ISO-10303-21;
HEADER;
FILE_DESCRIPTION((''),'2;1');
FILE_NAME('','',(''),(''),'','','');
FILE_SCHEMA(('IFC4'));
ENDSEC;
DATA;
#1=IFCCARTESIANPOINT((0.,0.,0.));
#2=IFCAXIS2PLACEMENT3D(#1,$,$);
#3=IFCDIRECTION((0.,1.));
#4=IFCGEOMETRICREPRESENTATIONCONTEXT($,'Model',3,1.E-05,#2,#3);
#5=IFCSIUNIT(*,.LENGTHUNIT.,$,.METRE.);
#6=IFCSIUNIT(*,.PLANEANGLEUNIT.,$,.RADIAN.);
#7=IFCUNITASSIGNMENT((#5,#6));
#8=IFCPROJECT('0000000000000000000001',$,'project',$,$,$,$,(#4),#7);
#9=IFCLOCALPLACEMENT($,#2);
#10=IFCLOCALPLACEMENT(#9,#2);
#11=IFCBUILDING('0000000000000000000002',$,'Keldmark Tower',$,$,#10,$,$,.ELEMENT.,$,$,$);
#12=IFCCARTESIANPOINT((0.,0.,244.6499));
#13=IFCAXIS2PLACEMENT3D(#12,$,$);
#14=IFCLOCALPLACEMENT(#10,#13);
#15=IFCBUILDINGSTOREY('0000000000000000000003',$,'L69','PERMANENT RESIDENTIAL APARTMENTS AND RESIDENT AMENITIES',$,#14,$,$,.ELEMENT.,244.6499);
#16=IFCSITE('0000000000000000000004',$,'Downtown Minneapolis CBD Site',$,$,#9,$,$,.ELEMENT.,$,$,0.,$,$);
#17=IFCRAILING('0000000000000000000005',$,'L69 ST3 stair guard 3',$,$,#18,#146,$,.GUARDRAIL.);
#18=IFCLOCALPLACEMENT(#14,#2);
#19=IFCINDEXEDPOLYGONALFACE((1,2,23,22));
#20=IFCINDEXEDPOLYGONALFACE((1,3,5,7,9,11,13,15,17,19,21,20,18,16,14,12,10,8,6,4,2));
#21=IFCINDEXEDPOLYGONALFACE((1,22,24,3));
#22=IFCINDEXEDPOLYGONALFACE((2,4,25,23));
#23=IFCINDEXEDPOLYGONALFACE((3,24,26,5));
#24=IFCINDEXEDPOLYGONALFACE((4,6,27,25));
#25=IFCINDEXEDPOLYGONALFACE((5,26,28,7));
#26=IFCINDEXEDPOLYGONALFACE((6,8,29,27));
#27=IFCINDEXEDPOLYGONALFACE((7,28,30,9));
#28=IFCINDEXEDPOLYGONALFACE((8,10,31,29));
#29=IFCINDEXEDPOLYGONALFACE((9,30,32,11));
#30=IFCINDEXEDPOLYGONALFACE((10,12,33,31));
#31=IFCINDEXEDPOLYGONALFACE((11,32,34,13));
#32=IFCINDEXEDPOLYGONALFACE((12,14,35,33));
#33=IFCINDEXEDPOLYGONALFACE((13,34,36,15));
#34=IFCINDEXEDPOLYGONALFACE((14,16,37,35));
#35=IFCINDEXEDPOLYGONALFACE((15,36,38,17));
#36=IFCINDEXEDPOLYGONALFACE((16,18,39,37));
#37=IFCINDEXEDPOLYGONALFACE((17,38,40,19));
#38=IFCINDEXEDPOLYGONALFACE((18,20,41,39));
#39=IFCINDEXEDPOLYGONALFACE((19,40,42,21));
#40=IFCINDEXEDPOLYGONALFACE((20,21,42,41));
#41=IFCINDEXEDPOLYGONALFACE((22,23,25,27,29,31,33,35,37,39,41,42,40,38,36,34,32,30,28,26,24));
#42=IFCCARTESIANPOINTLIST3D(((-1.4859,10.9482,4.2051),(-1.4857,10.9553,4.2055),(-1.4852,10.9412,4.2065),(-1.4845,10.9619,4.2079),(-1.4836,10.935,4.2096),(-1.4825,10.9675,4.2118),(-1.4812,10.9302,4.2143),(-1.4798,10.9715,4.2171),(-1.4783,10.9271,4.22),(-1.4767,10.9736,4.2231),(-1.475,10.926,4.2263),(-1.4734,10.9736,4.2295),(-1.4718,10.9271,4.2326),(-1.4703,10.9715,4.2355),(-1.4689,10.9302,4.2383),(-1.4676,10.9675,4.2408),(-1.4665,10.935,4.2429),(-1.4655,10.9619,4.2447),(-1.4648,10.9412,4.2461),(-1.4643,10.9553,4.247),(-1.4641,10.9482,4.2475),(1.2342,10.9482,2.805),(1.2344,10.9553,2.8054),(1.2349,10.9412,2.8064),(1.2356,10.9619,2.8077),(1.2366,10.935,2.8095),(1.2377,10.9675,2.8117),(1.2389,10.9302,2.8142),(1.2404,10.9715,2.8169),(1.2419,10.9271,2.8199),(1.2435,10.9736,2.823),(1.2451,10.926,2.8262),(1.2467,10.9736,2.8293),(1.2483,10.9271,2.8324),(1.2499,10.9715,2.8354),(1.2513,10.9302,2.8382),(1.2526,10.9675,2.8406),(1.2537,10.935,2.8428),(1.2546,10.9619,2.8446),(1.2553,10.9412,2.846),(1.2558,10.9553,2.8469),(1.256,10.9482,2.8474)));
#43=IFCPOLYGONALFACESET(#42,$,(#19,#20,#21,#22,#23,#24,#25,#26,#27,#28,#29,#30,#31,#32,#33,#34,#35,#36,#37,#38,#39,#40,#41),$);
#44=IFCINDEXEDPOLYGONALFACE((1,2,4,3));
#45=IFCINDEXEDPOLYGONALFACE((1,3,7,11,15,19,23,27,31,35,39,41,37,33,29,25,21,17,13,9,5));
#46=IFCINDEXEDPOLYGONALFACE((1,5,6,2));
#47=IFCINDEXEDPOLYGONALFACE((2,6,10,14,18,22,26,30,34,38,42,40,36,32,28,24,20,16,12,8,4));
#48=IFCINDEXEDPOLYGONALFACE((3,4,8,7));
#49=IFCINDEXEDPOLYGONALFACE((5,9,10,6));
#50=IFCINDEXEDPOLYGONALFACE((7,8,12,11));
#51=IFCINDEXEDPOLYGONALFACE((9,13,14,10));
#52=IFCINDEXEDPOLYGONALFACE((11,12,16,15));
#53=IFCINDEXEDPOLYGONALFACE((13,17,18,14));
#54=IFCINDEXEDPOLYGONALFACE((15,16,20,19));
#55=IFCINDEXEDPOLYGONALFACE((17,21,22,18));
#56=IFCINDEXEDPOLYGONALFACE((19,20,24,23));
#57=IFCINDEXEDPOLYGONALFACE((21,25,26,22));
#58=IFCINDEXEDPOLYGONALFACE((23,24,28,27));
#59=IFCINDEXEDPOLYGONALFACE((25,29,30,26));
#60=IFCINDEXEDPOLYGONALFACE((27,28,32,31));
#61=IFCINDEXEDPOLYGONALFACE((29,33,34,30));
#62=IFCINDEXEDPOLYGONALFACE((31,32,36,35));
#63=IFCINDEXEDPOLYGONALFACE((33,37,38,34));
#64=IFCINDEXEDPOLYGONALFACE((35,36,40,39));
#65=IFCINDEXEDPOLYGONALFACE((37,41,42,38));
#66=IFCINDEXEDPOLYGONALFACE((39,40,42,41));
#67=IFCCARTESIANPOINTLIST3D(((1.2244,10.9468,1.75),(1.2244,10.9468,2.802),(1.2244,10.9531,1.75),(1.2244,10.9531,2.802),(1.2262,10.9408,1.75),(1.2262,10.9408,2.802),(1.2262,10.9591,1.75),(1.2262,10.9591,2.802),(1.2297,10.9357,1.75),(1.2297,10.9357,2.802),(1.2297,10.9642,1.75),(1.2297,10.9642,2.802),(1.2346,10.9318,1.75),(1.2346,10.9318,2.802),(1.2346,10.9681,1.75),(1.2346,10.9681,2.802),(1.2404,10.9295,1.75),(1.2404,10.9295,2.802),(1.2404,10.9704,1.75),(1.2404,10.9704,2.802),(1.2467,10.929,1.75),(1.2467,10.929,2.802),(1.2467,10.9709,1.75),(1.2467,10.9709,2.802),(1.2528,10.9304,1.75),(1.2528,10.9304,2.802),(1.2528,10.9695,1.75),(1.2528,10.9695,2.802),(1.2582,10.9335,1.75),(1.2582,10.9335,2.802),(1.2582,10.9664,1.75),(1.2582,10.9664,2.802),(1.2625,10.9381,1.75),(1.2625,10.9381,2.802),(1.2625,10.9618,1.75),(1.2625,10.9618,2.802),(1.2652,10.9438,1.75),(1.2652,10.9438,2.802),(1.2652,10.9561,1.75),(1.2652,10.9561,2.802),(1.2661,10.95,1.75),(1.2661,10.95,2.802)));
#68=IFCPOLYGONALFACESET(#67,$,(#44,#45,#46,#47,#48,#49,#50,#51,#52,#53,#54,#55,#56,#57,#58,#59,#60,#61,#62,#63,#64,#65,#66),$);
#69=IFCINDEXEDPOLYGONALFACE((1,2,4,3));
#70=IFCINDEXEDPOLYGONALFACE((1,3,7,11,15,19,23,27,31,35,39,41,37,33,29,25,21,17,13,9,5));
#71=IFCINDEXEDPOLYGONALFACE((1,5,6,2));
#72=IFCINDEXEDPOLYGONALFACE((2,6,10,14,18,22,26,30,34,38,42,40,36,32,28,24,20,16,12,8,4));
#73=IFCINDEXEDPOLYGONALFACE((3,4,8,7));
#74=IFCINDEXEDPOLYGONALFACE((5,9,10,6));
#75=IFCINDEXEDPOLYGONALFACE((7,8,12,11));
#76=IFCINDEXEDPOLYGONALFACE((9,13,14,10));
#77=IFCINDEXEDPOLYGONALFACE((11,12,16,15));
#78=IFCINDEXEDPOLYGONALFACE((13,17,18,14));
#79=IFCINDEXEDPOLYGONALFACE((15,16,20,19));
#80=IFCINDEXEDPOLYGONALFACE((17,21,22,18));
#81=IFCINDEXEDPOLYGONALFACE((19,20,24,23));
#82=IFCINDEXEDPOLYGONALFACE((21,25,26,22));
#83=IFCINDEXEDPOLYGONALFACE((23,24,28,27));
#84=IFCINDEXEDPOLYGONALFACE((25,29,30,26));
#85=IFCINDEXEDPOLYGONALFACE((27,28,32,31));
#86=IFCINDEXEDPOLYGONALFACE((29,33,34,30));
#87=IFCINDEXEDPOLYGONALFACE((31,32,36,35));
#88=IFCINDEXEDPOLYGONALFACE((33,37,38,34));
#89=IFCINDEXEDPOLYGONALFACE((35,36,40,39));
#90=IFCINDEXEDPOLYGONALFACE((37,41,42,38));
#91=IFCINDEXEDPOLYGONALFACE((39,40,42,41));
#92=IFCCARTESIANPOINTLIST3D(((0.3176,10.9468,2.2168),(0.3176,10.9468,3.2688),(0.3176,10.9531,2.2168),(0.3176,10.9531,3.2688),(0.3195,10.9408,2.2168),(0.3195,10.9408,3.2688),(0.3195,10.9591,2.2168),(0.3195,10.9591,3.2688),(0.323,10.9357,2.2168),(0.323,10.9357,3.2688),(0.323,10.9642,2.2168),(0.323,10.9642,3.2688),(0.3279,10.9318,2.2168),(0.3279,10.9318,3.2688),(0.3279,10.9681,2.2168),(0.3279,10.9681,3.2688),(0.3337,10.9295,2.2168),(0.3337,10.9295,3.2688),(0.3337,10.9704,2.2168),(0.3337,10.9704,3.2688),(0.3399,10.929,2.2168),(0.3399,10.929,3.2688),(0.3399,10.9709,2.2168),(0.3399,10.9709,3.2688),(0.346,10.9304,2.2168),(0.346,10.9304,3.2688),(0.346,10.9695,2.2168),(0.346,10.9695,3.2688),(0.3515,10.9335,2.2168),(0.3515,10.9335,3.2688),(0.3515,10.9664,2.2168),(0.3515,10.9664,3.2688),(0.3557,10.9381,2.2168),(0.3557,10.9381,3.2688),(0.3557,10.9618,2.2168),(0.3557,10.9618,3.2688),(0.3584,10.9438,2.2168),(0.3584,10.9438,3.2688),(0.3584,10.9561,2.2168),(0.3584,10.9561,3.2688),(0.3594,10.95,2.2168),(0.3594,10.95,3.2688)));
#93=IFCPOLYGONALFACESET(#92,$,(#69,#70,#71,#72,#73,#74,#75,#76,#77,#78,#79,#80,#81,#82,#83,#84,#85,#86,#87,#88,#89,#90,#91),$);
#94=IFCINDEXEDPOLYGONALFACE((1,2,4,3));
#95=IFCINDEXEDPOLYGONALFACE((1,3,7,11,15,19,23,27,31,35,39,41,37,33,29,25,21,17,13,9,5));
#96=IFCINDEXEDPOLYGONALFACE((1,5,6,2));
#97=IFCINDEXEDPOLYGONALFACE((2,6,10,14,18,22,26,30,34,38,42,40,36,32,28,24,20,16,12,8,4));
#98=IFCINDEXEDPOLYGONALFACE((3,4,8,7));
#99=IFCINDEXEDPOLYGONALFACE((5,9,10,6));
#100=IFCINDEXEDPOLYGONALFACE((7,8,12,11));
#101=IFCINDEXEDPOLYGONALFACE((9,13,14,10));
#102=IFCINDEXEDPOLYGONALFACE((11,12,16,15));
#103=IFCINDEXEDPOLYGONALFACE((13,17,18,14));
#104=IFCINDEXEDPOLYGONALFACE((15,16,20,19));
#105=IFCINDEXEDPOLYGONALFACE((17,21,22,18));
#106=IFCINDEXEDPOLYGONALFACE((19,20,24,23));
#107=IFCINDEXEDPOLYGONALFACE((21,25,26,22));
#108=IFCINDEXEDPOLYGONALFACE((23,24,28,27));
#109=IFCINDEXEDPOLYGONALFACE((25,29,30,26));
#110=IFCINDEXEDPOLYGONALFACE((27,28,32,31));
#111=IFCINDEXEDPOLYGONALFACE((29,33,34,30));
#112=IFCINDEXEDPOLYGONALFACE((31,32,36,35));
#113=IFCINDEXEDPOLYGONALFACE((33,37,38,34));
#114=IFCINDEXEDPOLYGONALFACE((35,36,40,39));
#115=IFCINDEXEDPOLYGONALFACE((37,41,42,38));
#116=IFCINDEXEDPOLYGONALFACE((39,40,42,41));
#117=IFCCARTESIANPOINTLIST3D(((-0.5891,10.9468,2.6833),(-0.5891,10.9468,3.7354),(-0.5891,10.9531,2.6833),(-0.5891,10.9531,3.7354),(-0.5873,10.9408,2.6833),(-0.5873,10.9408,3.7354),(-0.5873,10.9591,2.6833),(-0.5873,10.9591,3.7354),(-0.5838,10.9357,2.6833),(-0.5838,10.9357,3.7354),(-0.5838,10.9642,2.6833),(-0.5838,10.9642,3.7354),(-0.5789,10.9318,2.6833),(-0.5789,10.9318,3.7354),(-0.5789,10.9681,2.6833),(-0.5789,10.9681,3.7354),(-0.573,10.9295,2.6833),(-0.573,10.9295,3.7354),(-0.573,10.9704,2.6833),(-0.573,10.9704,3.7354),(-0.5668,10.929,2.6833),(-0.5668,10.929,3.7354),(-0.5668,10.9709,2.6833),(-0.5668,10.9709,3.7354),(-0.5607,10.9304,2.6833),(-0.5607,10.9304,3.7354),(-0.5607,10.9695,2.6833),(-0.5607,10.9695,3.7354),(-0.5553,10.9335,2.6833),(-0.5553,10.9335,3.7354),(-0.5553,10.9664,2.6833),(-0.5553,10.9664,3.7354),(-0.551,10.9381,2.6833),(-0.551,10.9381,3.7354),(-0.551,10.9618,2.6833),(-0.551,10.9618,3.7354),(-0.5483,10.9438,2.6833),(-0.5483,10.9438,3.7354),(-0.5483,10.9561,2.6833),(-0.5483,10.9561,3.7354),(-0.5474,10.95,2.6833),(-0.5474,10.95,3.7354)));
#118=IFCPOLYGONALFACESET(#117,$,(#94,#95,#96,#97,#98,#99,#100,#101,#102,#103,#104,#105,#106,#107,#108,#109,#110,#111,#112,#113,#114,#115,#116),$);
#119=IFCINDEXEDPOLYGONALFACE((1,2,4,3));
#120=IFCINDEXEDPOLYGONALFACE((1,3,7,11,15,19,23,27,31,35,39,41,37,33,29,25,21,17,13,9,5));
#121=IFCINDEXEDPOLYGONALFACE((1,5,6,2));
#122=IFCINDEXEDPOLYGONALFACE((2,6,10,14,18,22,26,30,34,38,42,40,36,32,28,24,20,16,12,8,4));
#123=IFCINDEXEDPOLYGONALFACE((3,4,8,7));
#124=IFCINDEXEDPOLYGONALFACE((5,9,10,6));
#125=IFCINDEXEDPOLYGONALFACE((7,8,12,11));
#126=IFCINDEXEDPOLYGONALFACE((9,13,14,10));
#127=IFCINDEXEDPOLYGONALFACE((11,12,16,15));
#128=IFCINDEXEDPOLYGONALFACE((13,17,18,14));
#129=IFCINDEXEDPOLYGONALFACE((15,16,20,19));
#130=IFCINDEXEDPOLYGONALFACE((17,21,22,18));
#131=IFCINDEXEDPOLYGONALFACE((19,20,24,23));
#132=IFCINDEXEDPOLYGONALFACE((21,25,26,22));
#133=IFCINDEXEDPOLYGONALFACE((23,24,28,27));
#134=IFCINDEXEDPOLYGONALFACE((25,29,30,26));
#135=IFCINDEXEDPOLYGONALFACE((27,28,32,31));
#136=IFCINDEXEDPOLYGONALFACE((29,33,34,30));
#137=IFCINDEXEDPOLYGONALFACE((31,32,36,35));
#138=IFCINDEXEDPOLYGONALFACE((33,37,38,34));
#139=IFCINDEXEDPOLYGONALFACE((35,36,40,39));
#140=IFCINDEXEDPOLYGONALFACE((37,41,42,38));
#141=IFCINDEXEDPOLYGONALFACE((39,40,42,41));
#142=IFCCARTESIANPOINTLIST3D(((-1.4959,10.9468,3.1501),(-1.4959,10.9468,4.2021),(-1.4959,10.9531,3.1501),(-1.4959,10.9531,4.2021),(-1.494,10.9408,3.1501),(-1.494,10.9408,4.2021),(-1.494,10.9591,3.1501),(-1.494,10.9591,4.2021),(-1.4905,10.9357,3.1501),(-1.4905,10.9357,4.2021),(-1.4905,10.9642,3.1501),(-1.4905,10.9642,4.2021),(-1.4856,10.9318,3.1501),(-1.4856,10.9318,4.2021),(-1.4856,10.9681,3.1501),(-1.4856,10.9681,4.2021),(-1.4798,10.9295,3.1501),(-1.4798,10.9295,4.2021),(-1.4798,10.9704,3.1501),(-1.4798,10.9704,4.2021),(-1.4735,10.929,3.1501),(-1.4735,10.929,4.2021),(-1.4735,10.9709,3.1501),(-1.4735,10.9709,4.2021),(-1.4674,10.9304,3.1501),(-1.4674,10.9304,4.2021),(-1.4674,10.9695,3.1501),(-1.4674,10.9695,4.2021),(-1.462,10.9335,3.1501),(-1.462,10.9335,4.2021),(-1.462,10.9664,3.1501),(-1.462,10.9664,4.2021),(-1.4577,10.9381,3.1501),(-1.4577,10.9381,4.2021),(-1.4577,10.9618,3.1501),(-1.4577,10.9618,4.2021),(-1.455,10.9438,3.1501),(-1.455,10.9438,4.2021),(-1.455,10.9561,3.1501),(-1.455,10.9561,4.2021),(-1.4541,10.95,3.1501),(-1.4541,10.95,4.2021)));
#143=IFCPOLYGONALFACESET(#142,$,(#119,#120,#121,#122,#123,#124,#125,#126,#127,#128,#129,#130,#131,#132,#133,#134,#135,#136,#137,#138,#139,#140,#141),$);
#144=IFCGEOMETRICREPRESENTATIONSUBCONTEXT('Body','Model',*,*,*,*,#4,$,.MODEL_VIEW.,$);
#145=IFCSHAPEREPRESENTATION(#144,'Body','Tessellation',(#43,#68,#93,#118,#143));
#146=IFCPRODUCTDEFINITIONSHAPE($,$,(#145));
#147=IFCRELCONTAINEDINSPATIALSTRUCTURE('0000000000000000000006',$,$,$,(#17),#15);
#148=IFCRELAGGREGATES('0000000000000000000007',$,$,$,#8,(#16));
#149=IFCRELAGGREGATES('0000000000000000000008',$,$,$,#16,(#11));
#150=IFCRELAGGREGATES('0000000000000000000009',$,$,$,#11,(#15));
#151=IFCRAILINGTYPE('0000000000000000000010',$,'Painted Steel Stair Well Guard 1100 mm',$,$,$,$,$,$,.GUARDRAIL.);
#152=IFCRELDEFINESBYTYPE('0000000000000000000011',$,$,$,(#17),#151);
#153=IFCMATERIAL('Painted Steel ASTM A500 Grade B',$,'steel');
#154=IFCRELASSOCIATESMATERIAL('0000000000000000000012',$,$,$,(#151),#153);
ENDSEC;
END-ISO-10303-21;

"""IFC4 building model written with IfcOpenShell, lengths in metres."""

from ifc_helpers import new_model, si_unit, direction, frame, origin, origin_2d, place, context, subcontext, project, spatial, circle, extrude, material, type_object, element, save


model = new_model("IFC4")

# Units and contexts
model_context = context("Model", 3, precision=1e-05, world=origin(), true_north=direction((0.0, 1.0)))
body_context = subcontext(model_context, "Body", "Model", "MODEL_VIEW")
ifc_project = project(units=[si_unit("LENGTHUNIT", "METRE"), si_unit("PLANEANGLEUNIT", "RADIAN")], contexts=[model_context])

# Site, building, storey
site_placement = place(None, origin())
site = spatial("IfcSite", under=ifc_project, at=site_placement, Name="Downtown Minneapolis CBD Site", CompositionType="ELEMENT", RefElevation=0.0)
building_placement = place(site_placement, origin())
building = spatial("IfcBuilding", under=site, at=building_placement, Name="Keldmark Tower", CompositionType="ELEMENT")
storey_placement = place(building_placement, frame((0.0, 0.0, 244.6499)))
storey = spatial("IfcBuildingStorey", under=building, at=storey_placement, Name="L69", Description="PERMANENT RESIDENTIAL APARTMENTS AND RESIDENT AMENITIES", CompositionType="ELEMENT", Elevation=244.6499)

# Railing
ifc_material_1 = material(Name="Painted Steel ASTM A500 Grade B", Category="steel")
railing_type_1 = type_object("IfcRailingType", Name="Painted Steel Stair Well Guard 1100 mm", PredefinedType="GUARDRAIL", material=ifc_material_1)
railing_1_placement = place(storey_placement, frame((1.2451, 10.95, 1.75)))
element("IfcRailing", 1, at=railing_1_placement, inside=storey, type_object=railing_type_1, Name="L69 ST3 stair guard 3", PredefinedType="GUARDRAIL", context=body_context, shape_type="SweptSolid", body=[
    extrude(circle(Radius=0.0239, at=origin_2d()), frame((0.0, 0.0, 1.0762), z_axis=(-0.889131, 0.0, 0.457653), x_axis=(0.0, -1.0, 0.0)), (0.0, 0.0, 1.0), 3.0593),
    extrude(circle(Radius=0.021, at=origin_2d()), origin(), (0.0, 0.0, 1.0), 1.052),
    extrude(circle(Radius=0.021, at=origin_2d()), frame((-0.9067, 0.0, 0.4668)), (0.0, 0.0, 1.0), 1.052),
    extrude(circle(Radius=0.021, at=origin_2d()), frame((-1.8135, 0.0, 0.9333)), (0.0, 0.0, 1.0), 1.052),
    extrude(circle(Radius=0.021, at=origin_2d()), frame((-2.7202, 0.0, 1.4001)), (0.0, 0.0, 1.0), 1.052),
])

save(model, "model.ifc")
